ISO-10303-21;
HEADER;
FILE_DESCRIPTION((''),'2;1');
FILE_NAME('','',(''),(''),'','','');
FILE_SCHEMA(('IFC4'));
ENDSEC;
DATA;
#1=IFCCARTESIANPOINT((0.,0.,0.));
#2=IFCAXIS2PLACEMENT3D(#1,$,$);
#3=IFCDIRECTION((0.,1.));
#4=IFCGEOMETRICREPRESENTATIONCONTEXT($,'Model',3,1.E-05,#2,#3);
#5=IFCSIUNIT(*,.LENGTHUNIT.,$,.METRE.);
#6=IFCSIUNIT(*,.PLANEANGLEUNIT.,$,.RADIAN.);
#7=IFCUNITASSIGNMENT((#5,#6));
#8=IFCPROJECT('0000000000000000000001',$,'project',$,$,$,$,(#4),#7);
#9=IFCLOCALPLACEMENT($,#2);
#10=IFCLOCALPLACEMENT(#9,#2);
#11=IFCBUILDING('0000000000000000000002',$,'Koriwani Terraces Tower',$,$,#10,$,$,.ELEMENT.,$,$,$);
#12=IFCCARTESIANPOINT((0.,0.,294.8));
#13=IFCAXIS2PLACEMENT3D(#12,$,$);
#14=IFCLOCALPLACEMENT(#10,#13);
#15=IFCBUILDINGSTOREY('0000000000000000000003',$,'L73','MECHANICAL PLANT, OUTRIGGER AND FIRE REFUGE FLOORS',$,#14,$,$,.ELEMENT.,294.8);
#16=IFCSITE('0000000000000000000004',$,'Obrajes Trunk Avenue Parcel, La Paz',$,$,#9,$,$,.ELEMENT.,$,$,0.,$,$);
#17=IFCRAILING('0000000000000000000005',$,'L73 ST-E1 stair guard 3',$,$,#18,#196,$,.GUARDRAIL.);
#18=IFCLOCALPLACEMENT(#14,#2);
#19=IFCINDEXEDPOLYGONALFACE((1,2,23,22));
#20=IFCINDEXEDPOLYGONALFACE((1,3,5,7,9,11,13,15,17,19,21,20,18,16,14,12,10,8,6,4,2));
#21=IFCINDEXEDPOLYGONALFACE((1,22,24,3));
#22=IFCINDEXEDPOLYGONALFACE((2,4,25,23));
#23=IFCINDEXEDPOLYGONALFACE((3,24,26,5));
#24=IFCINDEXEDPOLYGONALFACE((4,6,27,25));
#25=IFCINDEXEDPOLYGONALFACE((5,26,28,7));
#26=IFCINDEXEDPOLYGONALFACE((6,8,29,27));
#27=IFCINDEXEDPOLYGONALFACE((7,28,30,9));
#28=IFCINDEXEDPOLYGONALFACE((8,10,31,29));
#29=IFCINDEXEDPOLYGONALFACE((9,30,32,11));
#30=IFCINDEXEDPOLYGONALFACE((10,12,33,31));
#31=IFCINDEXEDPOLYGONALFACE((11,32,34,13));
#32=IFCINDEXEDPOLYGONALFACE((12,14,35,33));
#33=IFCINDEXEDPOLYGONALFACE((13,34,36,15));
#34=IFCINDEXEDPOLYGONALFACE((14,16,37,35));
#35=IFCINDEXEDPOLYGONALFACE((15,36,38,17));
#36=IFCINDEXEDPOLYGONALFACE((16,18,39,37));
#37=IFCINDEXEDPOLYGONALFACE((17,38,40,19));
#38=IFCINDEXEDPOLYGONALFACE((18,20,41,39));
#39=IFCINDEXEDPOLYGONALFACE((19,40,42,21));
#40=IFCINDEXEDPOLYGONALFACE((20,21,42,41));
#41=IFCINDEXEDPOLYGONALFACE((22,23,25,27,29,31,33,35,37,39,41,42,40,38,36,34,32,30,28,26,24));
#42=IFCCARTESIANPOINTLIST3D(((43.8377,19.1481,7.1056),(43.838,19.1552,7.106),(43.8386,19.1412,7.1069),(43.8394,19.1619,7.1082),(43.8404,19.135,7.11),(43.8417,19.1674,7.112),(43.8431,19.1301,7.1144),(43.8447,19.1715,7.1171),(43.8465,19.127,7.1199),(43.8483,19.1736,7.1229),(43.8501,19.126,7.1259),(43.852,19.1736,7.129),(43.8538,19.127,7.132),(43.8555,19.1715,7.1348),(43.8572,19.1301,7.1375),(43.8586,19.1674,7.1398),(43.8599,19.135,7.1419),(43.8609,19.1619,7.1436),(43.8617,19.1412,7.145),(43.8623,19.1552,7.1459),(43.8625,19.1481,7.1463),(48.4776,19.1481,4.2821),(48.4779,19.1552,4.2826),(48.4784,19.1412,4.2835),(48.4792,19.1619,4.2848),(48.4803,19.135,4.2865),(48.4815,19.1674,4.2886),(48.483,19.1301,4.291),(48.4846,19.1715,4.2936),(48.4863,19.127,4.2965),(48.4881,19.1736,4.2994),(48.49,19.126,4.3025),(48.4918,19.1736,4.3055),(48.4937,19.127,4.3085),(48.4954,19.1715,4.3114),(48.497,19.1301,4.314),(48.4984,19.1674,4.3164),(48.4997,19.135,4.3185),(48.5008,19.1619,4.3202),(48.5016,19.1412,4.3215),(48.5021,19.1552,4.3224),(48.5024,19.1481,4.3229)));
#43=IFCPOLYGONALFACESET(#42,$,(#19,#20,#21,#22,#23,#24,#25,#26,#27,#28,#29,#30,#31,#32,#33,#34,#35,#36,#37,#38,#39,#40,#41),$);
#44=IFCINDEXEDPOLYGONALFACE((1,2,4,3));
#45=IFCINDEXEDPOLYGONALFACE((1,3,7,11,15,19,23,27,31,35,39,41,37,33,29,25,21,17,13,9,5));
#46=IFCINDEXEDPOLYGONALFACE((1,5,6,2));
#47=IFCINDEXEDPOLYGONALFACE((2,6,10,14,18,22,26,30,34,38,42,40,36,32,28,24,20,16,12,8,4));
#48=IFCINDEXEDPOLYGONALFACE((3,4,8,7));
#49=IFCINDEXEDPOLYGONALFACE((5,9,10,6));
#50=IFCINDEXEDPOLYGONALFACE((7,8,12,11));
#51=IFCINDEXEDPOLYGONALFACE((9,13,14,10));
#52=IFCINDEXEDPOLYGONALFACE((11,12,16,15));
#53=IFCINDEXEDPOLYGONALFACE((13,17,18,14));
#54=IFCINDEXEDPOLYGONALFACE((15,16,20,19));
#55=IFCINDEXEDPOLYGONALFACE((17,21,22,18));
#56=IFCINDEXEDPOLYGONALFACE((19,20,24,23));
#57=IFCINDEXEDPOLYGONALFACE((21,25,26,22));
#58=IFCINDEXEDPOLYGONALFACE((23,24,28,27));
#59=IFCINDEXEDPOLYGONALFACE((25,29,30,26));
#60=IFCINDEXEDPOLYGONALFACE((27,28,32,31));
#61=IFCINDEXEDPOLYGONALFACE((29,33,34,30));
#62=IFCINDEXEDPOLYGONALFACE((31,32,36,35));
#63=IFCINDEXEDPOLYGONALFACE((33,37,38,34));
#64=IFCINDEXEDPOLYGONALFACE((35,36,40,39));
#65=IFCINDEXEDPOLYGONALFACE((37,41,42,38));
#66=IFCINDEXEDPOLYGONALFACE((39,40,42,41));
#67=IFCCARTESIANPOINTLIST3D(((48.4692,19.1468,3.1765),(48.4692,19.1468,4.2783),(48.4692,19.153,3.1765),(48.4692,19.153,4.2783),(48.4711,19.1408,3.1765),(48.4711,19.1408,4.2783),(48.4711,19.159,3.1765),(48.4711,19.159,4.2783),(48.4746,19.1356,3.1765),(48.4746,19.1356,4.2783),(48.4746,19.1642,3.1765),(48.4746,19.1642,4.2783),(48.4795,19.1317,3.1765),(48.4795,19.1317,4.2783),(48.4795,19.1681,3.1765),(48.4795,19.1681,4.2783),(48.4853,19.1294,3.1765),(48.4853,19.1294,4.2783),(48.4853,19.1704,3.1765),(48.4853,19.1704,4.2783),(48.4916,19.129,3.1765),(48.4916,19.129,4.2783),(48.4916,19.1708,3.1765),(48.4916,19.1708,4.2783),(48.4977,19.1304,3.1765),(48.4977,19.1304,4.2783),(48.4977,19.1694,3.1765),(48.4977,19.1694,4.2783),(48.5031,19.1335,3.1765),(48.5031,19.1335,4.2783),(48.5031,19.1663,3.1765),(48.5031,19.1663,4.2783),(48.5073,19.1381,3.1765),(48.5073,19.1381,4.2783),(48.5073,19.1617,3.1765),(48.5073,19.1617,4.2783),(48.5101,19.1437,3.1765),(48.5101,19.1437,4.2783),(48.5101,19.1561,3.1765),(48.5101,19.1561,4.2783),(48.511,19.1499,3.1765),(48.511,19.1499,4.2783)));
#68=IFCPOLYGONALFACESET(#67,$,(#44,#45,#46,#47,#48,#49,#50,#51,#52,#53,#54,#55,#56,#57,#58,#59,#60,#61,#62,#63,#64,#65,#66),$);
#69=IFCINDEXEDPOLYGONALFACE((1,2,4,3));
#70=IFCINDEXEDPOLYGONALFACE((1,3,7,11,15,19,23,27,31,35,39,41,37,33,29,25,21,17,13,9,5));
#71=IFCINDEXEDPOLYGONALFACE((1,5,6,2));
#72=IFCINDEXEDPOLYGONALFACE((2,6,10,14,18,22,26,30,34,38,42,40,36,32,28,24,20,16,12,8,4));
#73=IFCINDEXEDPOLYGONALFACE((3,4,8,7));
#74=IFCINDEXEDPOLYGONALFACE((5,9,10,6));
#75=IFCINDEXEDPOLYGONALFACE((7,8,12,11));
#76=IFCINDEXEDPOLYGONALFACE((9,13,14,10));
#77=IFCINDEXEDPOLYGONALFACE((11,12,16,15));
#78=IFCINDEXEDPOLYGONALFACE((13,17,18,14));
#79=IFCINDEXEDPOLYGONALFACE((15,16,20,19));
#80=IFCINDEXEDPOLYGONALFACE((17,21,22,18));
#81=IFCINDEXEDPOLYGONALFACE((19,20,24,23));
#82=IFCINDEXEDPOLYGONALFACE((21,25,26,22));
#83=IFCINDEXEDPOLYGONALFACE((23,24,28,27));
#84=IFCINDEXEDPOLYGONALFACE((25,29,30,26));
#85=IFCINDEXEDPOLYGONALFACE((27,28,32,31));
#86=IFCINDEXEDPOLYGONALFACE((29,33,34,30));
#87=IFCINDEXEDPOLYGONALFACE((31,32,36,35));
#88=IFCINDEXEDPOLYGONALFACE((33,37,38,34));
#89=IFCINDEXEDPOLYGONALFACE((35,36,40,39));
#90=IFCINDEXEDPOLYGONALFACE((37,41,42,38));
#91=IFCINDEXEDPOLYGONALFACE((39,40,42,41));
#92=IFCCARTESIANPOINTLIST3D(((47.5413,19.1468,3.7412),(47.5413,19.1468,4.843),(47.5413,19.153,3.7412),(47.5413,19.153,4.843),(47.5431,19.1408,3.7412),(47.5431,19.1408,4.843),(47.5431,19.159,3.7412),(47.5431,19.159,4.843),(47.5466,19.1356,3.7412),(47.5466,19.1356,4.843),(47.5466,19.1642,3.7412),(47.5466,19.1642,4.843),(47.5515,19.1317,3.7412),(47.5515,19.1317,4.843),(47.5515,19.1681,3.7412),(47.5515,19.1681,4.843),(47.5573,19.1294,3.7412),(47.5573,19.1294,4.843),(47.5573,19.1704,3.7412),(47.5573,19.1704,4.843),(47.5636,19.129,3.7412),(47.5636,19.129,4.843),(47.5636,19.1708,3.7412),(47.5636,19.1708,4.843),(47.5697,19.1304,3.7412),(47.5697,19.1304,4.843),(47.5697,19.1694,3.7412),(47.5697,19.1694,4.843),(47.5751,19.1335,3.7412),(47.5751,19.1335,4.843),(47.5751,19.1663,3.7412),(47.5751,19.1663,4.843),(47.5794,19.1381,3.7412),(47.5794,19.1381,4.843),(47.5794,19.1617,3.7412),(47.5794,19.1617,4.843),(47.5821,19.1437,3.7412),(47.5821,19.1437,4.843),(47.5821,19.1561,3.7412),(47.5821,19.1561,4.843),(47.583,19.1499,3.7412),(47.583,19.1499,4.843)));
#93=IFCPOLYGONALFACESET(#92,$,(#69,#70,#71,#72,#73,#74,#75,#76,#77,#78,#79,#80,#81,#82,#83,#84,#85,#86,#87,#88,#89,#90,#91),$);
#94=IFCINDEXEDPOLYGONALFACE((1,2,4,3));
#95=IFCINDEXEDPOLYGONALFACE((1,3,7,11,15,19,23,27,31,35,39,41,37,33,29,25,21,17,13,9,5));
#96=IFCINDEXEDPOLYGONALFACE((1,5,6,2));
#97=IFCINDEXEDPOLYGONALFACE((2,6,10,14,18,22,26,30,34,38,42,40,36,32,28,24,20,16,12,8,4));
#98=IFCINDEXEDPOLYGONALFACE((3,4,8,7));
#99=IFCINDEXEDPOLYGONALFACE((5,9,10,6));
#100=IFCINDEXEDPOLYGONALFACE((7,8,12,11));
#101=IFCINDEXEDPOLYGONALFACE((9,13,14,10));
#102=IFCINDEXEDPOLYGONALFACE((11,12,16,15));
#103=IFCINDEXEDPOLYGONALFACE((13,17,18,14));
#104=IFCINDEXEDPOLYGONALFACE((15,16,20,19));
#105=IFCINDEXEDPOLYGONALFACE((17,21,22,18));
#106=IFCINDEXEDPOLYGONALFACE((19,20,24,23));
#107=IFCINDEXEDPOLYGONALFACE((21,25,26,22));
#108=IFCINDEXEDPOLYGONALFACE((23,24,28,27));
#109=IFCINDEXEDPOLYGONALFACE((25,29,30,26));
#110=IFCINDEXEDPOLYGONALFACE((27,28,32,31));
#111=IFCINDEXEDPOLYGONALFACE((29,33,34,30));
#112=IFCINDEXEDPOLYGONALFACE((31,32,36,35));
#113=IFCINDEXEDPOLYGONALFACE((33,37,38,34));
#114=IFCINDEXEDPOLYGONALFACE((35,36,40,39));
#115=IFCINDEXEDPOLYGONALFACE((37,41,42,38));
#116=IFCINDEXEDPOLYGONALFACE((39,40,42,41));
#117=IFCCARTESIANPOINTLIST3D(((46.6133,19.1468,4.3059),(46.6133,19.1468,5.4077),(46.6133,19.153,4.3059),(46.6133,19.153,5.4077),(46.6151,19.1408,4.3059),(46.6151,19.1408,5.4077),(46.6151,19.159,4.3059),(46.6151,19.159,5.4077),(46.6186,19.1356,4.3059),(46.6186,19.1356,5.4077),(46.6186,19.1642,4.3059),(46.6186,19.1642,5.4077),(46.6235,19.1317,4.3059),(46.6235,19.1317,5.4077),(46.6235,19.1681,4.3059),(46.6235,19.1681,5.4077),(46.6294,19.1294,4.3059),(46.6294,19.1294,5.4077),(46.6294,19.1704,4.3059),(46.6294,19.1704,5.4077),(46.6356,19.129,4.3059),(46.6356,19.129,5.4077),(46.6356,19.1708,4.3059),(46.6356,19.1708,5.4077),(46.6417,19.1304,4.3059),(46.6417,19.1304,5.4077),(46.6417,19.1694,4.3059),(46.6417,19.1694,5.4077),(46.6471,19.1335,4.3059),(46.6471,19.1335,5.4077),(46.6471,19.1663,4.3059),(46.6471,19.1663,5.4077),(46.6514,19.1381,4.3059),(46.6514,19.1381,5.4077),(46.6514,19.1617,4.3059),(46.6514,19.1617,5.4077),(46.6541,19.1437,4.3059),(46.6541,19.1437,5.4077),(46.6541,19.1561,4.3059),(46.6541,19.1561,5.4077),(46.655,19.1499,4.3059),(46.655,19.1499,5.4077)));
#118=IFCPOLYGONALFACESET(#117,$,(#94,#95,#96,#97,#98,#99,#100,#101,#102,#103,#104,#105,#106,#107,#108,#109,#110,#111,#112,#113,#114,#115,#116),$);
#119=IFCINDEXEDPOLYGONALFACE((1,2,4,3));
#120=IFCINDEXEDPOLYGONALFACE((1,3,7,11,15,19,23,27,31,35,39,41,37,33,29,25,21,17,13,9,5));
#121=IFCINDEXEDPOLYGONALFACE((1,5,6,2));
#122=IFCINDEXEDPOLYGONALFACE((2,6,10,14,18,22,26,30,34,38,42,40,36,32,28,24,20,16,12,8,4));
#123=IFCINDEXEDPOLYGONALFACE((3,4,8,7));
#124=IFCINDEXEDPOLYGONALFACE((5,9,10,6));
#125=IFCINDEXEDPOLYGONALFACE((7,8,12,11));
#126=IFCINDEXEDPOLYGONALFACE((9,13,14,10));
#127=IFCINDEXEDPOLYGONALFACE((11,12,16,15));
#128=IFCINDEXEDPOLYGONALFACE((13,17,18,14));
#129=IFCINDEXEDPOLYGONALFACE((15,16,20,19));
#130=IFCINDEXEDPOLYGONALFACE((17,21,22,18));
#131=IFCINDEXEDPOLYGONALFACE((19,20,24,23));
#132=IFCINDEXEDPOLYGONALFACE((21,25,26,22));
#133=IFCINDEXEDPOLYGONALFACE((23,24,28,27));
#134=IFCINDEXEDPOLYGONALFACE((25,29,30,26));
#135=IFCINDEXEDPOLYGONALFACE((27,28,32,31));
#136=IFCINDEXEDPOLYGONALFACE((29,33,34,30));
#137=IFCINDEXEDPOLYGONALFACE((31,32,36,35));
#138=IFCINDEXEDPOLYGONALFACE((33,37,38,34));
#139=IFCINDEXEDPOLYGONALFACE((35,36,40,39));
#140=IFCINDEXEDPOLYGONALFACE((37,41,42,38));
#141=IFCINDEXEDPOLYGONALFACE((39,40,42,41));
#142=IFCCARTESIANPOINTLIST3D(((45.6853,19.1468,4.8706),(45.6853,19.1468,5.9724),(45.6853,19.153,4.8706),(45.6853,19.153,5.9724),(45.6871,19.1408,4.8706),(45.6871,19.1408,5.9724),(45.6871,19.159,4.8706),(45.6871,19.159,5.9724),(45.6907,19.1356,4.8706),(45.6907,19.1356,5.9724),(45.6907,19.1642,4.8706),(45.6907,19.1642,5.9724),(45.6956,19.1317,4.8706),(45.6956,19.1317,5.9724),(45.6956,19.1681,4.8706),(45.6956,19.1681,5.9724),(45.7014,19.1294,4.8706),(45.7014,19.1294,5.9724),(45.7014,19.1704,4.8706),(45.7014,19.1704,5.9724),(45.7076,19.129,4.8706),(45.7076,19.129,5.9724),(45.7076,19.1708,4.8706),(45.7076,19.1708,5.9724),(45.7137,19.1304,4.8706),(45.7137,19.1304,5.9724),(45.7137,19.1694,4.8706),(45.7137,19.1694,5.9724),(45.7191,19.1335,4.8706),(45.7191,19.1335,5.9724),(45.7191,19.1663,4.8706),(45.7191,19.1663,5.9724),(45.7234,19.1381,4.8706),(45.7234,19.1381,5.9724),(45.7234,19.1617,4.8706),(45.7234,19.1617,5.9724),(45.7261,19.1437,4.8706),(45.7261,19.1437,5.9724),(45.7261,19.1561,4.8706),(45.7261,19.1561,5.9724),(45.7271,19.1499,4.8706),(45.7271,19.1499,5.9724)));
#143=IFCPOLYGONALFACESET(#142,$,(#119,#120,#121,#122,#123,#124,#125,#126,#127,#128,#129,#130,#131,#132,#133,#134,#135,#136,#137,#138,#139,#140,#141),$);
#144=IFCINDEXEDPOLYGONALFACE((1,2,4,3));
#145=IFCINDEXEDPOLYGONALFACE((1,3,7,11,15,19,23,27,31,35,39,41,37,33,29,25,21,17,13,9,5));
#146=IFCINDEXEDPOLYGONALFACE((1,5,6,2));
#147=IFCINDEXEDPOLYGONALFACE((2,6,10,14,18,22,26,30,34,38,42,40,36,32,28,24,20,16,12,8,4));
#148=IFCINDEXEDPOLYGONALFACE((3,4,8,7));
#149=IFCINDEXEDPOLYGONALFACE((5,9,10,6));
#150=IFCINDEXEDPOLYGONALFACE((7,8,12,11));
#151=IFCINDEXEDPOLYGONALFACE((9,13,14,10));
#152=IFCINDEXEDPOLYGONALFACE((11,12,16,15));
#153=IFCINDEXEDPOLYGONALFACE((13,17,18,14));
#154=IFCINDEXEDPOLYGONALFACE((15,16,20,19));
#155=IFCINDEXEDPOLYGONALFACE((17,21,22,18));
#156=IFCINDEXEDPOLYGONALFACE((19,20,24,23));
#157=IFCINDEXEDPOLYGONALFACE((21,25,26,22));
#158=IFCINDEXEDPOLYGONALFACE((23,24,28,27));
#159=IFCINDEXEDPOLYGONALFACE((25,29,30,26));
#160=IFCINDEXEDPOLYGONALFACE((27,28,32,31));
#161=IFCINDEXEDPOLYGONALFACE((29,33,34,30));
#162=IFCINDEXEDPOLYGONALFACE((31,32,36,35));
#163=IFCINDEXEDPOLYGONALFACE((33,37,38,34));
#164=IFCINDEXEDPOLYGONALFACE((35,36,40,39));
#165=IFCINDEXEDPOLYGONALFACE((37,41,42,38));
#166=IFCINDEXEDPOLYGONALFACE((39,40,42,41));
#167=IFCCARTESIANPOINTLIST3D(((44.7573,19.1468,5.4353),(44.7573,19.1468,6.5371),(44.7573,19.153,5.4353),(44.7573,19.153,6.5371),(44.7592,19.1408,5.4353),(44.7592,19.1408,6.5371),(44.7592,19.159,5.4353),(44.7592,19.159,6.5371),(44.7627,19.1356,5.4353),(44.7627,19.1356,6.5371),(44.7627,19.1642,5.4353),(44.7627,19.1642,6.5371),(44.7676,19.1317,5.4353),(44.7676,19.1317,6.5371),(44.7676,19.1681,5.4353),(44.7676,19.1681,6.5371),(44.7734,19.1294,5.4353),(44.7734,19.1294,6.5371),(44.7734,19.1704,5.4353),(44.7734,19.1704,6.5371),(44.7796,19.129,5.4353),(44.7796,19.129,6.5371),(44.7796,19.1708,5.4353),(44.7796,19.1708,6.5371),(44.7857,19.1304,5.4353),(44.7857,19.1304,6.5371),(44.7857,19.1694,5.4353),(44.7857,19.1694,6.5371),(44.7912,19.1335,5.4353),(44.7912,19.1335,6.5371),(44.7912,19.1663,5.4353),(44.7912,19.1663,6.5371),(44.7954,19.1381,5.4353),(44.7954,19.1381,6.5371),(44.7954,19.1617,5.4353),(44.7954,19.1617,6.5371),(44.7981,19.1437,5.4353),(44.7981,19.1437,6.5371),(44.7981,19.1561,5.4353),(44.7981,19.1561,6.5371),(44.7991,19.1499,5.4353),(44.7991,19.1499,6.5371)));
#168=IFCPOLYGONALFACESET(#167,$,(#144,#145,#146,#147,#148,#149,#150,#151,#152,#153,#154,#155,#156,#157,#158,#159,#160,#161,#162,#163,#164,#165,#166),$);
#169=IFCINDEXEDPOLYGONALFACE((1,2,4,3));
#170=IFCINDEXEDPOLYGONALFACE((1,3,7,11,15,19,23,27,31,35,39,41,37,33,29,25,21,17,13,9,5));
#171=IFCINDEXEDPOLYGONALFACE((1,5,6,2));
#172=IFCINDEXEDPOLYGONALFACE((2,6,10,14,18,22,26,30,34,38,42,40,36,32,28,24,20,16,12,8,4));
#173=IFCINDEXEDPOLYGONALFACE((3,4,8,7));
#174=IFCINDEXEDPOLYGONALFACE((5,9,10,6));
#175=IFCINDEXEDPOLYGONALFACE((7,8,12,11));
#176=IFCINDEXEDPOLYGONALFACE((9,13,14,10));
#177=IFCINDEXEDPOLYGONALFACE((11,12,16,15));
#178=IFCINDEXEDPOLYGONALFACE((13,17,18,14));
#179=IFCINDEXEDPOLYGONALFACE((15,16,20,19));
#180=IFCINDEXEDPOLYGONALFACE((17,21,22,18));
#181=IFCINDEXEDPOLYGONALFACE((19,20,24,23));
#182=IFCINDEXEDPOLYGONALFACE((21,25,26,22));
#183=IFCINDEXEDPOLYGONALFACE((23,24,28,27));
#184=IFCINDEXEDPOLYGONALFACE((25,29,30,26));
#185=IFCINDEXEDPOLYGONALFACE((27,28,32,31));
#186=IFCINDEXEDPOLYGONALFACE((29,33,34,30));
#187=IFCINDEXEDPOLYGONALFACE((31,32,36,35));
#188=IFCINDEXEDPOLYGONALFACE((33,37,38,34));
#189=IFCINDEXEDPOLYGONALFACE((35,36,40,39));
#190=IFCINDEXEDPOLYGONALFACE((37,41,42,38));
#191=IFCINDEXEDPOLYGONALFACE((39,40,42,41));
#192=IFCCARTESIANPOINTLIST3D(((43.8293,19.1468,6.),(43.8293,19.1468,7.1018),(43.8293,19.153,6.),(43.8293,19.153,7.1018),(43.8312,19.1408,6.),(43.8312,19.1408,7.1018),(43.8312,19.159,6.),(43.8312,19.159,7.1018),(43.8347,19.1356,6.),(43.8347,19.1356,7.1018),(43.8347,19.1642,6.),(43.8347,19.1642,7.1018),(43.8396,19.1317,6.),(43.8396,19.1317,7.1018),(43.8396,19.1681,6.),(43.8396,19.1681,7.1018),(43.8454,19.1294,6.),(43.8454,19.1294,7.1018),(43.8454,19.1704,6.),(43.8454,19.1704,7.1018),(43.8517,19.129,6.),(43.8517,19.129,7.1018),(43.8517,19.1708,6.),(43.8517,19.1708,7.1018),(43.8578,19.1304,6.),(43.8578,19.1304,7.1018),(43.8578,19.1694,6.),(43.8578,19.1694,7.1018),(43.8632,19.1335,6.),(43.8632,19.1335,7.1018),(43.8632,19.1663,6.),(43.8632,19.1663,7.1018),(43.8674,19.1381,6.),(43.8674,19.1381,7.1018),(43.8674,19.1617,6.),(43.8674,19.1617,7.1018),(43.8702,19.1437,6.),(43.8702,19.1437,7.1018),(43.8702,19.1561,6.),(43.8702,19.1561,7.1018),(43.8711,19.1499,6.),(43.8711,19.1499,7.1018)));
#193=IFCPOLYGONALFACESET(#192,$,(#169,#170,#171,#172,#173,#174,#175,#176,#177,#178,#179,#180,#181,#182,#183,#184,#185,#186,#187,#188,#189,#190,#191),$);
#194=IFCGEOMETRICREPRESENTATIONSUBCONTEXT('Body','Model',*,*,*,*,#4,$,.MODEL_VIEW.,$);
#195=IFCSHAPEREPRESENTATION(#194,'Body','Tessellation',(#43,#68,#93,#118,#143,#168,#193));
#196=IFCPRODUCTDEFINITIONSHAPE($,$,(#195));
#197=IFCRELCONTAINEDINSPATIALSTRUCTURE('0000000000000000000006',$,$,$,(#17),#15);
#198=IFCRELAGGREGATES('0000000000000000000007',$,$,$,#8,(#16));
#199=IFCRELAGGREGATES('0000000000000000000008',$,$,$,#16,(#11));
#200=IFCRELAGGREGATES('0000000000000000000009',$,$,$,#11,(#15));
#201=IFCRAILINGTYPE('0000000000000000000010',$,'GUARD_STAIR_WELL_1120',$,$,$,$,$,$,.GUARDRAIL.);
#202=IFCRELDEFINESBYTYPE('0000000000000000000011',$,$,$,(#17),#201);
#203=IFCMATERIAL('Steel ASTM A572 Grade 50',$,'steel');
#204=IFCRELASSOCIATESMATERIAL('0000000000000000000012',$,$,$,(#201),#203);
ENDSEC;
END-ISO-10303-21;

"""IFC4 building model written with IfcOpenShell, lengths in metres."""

from ifc_helpers import new_model, si_unit, direction, frame, origin, origin_2d, place, context, subcontext, project, spatial, circle, extrude, material, type_object, element, save


model = new_model("IFC4")

# Units and contexts
model_context = context("Model", 3, precision=1e-05, world=origin(), true_north=direction((0.0, 1.0)))
body_context = subcontext(model_context, "Body", "Model", "MODEL_VIEW")
ifc_project = project(units=[si_unit("LENGTHUNIT", "METRE"), si_unit("PLANEANGLEUNIT", "RADIAN")], contexts=[model_context])

# Site, building, storey
site_placement = place(None, origin())
site = spatial("IfcSite", under=ifc_project, at=site_placement, Name="Obrajes Trunk Avenue Parcel, La Paz", CompositionType="ELEMENT", RefElevation=0.0)
building_placement = place(site_placement, origin())
building = spatial("IfcBuilding", under=site, at=building_placement, Name="Koriwani Terraces Tower", CompositionType="ELEMENT")
storey_placement = place(building_placement, frame((0.0, 0.0, 294.8)))
storey = spatial("IfcBuildingStorey", under=building, at=storey_placement, Name="L73", Description="MECHANICAL PLANT, OUTRIGGER AND FIRE REFUGE FLOORS", CompositionType="ELEMENT", Elevation=294.8)

# Shared definitions
ifc_material_1 = material(Name="Steel ASTM A572 Grade 50", Category="steel")

# Railing
railing_type_1 = type_object("IfcRailingType", Name="GUARD_STAIR_WELL_1120", PredefinedType="GUARDRAIL", material=ifc_material_1)
railing_1_placement = place(storey_placement, frame((48.49, 19.1499, 3.1765)))
element("IfcRailing", 1, at=railing_1_placement, inside=storey, type_object=railing_type_1, Name="L73 ST-E1 stair guard 3", PredefinedType="GUARDRAIL", context=body_context, shape_type="SweptSolid", body=[
    extrude(circle(Radius=0.0239, at=origin_2d()), frame((0.0, 0.0, 1.126), z_axis=(-0.854264, 0.0, 0.51984), x_axis=(0.0, -1.0, 0.0)), (0.0, 0.0, 1.0), 5.4314),
    extrude(circle(Radius=0.021, at=origin_2d()), origin(), (0.0, 0.0, 1.0), 1.1018),
    extrude(circle(Radius=0.021, at=origin_2d()), frame((-0.928, 0.0, 0.5647)), (0.0, 0.0, 1.0), 1.1018),
    extrude(circle(Radius=0.021, at=origin_2d()), frame((-1.856, 0.0, 1.1294)), (0.0, 0.0, 1.0), 1.1018),
    extrude(circle(Radius=0.021, at=origin_2d()), frame((-2.7839, 0.0, 1.6941)), (0.0, 0.0, 1.0), 1.1018),
    extrude(circle(Radius=0.021, at=origin_2d()), frame((-3.7119, 0.0, 2.2588)), (0.0, 0.0, 1.0), 1.1018),
    extrude(circle(Radius=0.021, at=origin_2d()), frame((-4.6399, 0.0, 2.8235)), (0.0, 0.0, 1.0), 1.1018),
])

save(model, "model.ifc")
